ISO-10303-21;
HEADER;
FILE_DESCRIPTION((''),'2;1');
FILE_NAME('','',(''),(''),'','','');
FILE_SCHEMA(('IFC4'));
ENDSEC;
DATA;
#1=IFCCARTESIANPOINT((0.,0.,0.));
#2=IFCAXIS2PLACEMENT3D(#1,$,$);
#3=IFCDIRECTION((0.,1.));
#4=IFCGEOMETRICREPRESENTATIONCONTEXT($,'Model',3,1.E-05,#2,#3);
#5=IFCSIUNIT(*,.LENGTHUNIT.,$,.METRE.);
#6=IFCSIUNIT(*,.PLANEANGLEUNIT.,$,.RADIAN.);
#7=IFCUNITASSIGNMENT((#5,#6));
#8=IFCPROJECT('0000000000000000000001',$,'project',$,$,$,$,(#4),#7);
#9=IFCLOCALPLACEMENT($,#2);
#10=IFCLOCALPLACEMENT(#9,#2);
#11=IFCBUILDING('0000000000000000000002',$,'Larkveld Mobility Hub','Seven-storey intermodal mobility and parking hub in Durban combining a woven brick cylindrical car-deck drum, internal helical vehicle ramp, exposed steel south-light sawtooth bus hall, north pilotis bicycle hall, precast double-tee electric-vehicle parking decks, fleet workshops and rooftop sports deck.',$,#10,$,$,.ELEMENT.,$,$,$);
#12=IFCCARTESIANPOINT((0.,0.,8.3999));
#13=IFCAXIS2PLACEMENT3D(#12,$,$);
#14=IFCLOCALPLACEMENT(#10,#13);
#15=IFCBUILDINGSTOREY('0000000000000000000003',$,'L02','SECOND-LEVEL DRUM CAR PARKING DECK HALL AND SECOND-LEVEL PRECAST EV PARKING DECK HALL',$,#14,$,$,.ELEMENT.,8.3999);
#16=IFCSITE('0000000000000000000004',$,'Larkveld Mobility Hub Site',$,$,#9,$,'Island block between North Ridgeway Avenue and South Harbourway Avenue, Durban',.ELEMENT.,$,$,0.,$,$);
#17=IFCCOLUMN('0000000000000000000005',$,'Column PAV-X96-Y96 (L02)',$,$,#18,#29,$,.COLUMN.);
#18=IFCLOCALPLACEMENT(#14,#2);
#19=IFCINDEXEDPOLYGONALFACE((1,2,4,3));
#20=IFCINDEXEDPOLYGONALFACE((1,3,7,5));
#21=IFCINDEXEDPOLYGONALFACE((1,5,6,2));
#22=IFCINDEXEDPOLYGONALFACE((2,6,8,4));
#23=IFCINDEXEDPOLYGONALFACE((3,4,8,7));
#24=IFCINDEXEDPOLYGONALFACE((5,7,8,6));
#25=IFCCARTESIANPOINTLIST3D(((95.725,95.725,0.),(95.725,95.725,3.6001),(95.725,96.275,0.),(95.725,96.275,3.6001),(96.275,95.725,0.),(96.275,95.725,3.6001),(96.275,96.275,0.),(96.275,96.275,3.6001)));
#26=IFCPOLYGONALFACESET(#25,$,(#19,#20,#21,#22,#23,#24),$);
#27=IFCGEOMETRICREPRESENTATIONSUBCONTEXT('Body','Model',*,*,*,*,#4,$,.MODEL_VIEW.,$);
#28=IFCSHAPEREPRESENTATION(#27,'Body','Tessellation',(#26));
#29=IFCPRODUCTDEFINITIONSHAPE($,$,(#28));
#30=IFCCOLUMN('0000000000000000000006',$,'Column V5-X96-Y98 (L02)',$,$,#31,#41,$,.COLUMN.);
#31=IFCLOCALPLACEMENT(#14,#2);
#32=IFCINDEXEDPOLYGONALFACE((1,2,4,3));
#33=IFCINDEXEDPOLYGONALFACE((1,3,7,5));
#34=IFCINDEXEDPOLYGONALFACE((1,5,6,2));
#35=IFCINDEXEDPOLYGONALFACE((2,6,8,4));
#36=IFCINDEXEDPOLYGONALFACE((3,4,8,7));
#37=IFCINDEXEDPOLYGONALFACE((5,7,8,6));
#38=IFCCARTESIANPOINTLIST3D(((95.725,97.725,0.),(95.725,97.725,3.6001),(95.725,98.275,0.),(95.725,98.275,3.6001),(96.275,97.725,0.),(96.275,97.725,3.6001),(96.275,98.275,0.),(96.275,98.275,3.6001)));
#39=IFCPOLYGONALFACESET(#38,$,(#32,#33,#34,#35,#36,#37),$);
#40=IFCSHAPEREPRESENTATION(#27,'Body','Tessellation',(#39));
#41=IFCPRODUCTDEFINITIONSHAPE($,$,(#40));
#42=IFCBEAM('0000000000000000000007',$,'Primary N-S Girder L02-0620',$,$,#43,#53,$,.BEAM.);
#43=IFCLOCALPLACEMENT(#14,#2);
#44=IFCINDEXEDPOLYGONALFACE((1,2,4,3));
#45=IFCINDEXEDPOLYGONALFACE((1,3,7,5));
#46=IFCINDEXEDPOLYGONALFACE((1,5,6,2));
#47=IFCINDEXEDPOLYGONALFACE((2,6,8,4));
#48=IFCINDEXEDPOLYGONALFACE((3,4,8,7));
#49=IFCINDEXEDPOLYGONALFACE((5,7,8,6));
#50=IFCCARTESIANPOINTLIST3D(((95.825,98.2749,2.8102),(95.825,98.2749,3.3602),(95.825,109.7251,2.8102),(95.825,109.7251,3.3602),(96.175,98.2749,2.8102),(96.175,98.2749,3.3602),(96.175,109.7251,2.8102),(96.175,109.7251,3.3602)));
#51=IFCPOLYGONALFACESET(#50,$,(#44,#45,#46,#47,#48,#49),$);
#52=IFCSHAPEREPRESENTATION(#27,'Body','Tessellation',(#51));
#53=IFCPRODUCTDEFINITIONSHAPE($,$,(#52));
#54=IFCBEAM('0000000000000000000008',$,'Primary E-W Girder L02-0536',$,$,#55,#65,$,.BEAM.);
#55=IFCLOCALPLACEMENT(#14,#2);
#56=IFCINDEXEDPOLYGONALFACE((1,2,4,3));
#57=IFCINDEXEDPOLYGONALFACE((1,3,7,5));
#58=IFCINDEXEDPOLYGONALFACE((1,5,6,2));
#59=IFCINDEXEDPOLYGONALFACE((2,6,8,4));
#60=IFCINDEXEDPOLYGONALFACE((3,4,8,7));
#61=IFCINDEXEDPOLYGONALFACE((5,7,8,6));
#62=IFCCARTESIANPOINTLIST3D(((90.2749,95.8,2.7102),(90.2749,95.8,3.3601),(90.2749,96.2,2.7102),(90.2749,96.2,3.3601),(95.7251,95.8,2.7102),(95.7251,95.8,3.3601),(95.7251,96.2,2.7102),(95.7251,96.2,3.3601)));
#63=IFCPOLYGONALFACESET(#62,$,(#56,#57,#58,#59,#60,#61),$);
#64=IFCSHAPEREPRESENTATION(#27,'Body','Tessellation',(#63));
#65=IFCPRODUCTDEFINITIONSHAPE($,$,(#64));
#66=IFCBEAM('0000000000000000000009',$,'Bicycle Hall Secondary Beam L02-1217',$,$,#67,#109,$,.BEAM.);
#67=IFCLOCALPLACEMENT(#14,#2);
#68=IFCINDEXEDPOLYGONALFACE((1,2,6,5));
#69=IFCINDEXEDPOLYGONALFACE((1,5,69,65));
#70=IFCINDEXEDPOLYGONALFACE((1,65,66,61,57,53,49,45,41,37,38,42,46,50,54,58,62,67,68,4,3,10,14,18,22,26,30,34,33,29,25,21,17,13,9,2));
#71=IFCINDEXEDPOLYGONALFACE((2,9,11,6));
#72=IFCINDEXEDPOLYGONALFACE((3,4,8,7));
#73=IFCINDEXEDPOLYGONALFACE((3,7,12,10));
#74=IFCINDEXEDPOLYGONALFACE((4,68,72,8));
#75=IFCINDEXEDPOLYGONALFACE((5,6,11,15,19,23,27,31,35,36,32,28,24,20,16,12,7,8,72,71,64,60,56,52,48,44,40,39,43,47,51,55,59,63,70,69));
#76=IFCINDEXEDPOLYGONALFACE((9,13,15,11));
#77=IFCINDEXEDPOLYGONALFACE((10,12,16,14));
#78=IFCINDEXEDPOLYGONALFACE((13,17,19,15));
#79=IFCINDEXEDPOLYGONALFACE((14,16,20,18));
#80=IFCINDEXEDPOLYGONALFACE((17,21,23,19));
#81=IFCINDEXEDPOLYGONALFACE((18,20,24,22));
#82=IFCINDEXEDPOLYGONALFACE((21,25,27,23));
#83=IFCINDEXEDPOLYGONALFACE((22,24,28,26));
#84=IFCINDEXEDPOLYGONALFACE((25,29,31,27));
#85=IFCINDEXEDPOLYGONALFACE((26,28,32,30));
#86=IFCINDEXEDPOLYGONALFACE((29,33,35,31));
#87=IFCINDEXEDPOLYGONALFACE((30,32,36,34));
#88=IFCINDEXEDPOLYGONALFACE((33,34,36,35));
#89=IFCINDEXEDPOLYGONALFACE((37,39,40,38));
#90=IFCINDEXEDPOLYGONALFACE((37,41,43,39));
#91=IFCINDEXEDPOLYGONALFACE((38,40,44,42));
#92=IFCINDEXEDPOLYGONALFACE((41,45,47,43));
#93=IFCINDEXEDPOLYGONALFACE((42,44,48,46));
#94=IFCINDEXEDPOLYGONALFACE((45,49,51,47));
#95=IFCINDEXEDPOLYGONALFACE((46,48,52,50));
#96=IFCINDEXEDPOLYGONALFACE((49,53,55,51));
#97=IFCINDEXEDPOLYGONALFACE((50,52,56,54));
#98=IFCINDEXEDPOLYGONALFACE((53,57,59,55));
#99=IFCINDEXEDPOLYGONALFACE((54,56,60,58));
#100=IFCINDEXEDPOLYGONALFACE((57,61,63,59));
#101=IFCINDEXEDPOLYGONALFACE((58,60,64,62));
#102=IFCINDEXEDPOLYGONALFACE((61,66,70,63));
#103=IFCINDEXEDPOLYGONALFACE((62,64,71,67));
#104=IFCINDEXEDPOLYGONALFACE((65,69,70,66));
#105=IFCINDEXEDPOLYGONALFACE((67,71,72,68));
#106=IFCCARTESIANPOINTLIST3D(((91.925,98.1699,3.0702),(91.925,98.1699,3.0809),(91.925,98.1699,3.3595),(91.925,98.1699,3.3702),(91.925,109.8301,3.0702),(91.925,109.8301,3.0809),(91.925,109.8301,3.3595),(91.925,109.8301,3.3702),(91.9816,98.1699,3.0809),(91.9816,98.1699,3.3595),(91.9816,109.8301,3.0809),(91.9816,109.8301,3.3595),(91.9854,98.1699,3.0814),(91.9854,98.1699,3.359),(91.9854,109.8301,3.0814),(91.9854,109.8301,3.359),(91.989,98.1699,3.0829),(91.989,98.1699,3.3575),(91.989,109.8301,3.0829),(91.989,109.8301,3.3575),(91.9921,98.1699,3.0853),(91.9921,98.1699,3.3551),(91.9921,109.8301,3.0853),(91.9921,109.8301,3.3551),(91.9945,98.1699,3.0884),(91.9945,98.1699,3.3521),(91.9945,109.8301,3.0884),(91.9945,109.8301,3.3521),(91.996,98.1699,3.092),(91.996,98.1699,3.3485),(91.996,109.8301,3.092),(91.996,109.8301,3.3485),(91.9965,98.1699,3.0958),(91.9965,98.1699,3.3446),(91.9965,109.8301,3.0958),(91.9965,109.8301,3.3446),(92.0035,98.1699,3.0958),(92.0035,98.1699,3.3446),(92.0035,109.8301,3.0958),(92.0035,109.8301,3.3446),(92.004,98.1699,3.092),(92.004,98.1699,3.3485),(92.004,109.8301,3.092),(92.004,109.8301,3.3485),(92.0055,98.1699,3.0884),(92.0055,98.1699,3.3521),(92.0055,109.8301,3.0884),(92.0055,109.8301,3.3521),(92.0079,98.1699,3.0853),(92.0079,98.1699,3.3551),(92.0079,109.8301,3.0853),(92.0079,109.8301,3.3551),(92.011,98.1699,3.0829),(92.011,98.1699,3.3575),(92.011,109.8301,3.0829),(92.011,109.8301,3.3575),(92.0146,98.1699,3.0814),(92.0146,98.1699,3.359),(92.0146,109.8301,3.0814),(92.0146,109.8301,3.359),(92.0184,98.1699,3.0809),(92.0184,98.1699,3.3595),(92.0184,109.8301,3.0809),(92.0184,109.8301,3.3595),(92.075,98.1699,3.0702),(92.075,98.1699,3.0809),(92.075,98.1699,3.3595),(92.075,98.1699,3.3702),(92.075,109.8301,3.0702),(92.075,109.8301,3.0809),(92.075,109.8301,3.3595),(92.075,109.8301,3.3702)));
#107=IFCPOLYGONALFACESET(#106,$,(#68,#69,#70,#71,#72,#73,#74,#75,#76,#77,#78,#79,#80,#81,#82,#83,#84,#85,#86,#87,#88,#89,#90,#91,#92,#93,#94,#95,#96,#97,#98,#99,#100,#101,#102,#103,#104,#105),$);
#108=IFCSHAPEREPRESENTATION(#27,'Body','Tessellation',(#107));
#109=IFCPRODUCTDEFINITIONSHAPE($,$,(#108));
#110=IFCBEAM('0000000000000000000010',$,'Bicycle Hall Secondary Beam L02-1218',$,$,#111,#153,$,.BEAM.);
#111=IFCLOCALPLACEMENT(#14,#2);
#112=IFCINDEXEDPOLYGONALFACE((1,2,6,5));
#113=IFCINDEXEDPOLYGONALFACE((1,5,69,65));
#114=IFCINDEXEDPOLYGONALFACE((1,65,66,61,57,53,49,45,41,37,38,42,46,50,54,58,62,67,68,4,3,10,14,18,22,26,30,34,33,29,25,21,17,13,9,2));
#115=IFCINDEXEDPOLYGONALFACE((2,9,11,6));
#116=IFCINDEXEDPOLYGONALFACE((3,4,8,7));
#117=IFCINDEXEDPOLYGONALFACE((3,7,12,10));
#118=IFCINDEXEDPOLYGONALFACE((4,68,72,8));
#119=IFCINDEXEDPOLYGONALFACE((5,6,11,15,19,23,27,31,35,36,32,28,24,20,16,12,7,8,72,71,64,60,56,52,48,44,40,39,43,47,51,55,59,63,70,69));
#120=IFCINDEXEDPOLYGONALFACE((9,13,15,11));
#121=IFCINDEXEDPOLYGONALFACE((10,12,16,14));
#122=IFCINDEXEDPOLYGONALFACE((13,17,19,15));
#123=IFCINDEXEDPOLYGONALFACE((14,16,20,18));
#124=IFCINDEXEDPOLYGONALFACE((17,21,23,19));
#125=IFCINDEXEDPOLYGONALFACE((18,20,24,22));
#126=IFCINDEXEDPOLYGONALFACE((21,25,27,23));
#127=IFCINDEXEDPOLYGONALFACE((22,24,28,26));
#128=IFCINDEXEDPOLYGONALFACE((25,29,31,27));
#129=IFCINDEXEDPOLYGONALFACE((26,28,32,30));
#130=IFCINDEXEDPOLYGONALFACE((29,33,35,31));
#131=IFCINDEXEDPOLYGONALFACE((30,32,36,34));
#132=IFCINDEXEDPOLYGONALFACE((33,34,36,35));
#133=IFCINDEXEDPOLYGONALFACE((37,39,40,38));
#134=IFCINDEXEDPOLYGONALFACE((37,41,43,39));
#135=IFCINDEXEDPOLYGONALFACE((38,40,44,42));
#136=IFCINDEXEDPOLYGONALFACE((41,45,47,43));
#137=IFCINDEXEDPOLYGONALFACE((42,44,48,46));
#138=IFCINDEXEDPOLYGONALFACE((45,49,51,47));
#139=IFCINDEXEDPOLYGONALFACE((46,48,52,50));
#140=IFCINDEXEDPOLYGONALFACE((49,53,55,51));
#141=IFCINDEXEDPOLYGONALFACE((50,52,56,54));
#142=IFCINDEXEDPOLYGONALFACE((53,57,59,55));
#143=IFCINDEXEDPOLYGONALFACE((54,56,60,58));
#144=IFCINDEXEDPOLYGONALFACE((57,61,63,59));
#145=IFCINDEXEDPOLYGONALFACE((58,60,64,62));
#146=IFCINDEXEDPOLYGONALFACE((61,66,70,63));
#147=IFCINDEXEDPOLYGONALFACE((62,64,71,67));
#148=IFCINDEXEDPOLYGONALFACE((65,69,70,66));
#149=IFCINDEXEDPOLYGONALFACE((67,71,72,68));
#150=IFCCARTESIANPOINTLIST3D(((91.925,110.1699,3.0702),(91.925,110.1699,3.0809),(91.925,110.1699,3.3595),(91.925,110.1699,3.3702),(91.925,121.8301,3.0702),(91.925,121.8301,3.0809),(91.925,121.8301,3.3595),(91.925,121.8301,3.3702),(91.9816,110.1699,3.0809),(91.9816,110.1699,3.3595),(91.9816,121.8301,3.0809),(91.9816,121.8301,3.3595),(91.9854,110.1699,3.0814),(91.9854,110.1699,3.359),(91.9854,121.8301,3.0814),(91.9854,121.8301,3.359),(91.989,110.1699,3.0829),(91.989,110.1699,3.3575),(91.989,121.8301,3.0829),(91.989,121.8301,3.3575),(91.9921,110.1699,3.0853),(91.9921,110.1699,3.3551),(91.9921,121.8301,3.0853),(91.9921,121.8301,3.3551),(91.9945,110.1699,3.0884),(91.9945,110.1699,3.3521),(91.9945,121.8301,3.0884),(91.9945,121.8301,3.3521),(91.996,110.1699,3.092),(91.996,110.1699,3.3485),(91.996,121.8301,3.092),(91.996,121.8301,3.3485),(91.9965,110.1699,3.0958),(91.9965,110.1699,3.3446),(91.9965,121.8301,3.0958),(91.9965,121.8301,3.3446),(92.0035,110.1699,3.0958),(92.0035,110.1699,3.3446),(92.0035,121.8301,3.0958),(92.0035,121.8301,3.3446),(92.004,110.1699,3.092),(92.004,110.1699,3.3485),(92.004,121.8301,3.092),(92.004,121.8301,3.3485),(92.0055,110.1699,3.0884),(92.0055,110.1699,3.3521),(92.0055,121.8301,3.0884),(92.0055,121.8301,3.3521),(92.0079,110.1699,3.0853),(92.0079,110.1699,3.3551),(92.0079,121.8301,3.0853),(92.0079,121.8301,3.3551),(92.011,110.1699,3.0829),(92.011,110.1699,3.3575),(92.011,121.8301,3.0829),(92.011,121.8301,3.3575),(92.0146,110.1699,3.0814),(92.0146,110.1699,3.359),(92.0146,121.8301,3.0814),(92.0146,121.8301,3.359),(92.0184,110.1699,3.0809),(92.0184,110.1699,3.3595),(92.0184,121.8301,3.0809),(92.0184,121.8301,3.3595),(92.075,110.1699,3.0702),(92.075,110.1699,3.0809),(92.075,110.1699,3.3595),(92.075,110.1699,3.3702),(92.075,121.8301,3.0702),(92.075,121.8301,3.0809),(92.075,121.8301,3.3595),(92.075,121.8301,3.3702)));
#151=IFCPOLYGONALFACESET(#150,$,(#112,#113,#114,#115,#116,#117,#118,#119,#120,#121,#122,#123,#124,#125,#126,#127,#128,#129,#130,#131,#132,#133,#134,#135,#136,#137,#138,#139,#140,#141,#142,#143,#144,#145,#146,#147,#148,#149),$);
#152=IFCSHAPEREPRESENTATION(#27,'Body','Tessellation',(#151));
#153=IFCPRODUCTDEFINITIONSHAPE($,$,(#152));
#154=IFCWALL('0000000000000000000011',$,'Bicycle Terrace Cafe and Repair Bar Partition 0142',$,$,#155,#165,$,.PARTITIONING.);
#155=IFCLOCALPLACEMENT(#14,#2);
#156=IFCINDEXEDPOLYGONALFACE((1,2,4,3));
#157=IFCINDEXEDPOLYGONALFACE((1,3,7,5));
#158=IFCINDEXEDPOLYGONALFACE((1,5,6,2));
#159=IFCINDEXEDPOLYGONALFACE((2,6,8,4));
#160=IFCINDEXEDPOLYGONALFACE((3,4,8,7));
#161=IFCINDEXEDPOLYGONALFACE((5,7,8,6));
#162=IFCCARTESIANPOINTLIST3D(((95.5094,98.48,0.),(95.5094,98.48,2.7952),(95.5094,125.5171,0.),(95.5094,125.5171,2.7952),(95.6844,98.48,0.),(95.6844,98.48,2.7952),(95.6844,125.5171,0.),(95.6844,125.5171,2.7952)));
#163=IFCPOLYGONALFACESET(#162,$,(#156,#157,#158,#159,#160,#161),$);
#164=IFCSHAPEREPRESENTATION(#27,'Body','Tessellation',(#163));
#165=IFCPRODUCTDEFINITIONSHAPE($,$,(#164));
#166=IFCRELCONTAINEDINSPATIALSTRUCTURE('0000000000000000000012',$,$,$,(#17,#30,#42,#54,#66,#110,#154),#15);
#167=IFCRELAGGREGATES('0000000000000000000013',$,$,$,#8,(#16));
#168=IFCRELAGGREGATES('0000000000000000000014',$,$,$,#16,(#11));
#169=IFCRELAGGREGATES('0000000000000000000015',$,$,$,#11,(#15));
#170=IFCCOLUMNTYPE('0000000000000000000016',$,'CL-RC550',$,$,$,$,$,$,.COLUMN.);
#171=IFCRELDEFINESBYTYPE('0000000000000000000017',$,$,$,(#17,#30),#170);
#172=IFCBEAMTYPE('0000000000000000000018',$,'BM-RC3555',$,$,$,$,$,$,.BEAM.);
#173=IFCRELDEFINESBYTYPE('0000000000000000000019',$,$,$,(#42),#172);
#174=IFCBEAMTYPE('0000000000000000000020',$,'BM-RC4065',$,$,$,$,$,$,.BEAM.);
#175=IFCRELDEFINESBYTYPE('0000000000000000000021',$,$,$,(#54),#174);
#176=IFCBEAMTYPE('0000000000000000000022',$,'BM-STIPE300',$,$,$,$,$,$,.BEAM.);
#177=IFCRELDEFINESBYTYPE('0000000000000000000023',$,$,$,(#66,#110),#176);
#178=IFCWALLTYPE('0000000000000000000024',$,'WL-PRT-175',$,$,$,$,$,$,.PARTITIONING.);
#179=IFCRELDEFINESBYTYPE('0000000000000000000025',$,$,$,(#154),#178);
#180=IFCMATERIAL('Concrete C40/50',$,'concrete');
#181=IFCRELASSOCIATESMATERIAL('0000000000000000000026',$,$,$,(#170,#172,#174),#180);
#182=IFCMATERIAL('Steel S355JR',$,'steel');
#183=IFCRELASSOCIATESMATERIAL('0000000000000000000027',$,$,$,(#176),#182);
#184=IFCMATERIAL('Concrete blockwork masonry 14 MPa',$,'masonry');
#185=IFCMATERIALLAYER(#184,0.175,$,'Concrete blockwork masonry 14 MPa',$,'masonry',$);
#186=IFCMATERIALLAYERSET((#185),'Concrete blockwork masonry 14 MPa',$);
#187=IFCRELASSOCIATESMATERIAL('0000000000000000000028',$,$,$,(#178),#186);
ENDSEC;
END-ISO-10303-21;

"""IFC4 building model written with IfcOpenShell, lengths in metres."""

from ifc_helpers import new_model, si_unit, direction, frame, frame_2d, origin, origin_2d, place, context, subcontext, project, spatial, rectangle, i_section, extrude, material, layer, layer_set, material_profile, profile_set, type_object, element, save


model = new_model("IFC4")

# Units and contexts
model_context = context("Model", 3, precision=1e-05, world=origin(), true_north=direction((0.0, 1.0)))
body_context = subcontext(model_context, "Body", "Model", "MODEL_VIEW")
ifc_project = project(units=[si_unit("LENGTHUNIT", "METRE"), si_unit("PLANEANGLEUNIT", "RADIAN")], contexts=[model_context])

# Site, building, storey
site_placement = place(None, origin())
site = spatial("IfcSite", under=ifc_project, at=site_placement, Name="Larkveld Mobility Hub Site", LongName="Island block between North Ridgeway Avenue and South Harbourway Avenue, Durban", CompositionType="ELEMENT", RefElevation=0.0)
building_placement = place(site_placement, origin())
building = spatial("IfcBuilding", under=site, at=building_placement, Name="Larkveld Mobility Hub", Description="Seven-storey intermodal mobility and parking hub in Durban combining a woven brick cylindrical car-deck drum, internal helical vehicle ramp, exposed steel south-light sawtooth bus hall, north pilotis bicycle hall, precast double-tee electric-vehicle parking decks, fleet workshops and rooftop sports deck.", CompositionType="ELEMENT")
storey_placement = place(building_placement, frame((0.0, 0.0, 8.3999)))
storey = spatial("IfcBuildingStorey", under=building, at=storey_placement, Name="L02", Description="SECOND-LEVEL DRUM CAR PARKING DECK HALL AND SECOND-LEVEL PRECAST EV PARKING DECK HALL", CompositionType="ELEMENT", Elevation=8.3999)

# Columns
ifc_material_1 = material(Name="Concrete C40/50", Category="concrete")
ifc_material_profile_1 = material_profile(ifc_material_1, rectangle(XDim=0.55, YDim=0.55, at=origin_2d()), Name="RC COL 550x550")
ifc_profile_set_1 = profile_set([ifc_material_profile_1], Name="Concrete C40/50")
column_type = type_object("IfcColumnType", Name="CL-RC550", PredefinedType="COLUMN", material=ifc_profile_set_1)
for number, where, z_axis, x_axis, name in (
    (1, (96.0, 96.0, 0.0), (0.0, 0.0, 1.0), (1.0, 0.0, 0.0), "Column PAV-X96-Y96 (L02)"),
    (2, (96.0, 98.0, 0.0), (0.0, 0.0, 1.0), (1.0, 0.0, 0.0), "Column V5-X96-Y98 (L02)"),
):
    element("IfcColumn", number, at=place(storey_placement, frame(where, z_axis=z_axis, x_axis=x_axis)), inside=storey, type_object=column_type, Name=name, PredefinedType="COLUMN", context=body_context, shape_type="SweptSolid", body=[
        extrude(rectangle(XDim=0.55, YDim=0.55, at=origin_2d()), origin(), (0.0, 0.0, 1.0), 3.6001),
    ])

# Beams
ifc_material_profile_2 = material_profile(ifc_material_1, rectangle(XDim=0.3501, YDim=0.55, at=origin_2d()), Name="RC BM 350x550")
ifc_profile_set_2 = profile_set([ifc_material_profile_2], Name="Concrete C40/50")
beam_type_1 = type_object("IfcBeamType", Name="BM-RC3555", PredefinedType="BEAM", material=ifc_profile_set_2)
beam_1_placement = place(storey_placement, frame((96.0, 98.2749, 3.0852), z_axis=(0.0, 1.0, 0.0), x_axis=(-1.0, 0.0, 0.0)))
element("IfcBeam", 3, at=beam_1_placement, inside=storey, type_object=beam_type_1, Name="Primary N-S Girder L02-0620", PredefinedType="BEAM", context=body_context, shape_type="SweptSolid", body=[
    extrude(rectangle(XDim=0.3501, YDim=0.55, at=origin_2d()), origin(), (0.0, 0.0, 1.0), 11.4502),
])
ifc_material_profile_3 = material_profile(ifc_material_1, rectangle(XDim=0.3999, YDim=0.6499, at=origin_2d()), Name="RC BM 400x650")
ifc_profile_set_3 = profile_set([ifc_material_profile_3], Name="Concrete C40/50")
beam_type_2 = type_object("IfcBeamType", Name="BM-RC4065", PredefinedType="BEAM", material=ifc_profile_set_3)
beam_2_placement = place(storey_placement, frame((90.2749, 96.0, 3.0352), z_axis=(1.0, 0.0, 0.0), x_axis=(0.0, 1.0, 0.0)))
element("IfcBeam", 4, at=beam_2_placement, inside=storey, type_object=beam_type_2, Name="Primary E-W Girder L02-0536", PredefinedType="BEAM", context=body_context, shape_type="SweptSolid", body=[
    extrude(rectangle(XDim=0.3999, YDim=0.6499, at=origin_2d()), origin(), (0.0, 0.0, 1.0), 5.4502),
])
ifc_material_2 = material(Name="Steel S355JR", Category="steel")
ifc_material_profile_4 = material_profile(ifc_material_2, i_section(OverallWidth=0.1499, OverallDepth=0.3, WebThickness=0.0071, FlangeThickness=0.0107, FilletRadius=0.0149, at=origin_2d()), Name="IPE 300")
ifc_profile_set_4 = profile_set([ifc_material_profile_4], Name="Steel S355JR")
beam_type_3 = type_object("IfcBeamType", Name="BM-STIPE300", PredefinedType="BEAM", material=ifc_profile_set_4)
for number, where, z_axis, x_axis, name in (
    (5, (92.0, 98.1699, 3.2202), (0.0, 1.0, 0.0), (-1.0, 0.0, 0.0), "Bicycle Hall Secondary Beam L02-1217"),
    (6, (92.0, 110.1699, 3.2202), (0.0, 1.0, 0.0), (-1.0, 0.0, 0.0), "Bicycle Hall Secondary Beam L02-1218"),
):
    element("IfcBeam", number, at=place(storey_placement, frame(where, z_axis=z_axis, x_axis=x_axis)), inside=storey, type_object=beam_type_3, Name=name, PredefinedType="BEAM", context=body_context, shape_type="SweptSolid", body=[
        extrude(i_section(OverallWidth=0.1499, OverallDepth=0.3, WebThickness=0.0071, FlangeThickness=0.0107, FilletRadius=0.0149, at=origin_2d()), origin(), (0.0, 0.0, 1.0), 11.6602),
    ])

# Wall
ifc_material_3 = material(Name="Concrete blockwork masonry 14 MPa", Category="masonry")
ifc_layer = layer(ifc_material_3, 0.175, Name="Concrete blockwork masonry 14 MPa", Category="masonry")
ifc_layer_set = layer_set([ifc_layer], Name="Concrete blockwork masonry 14 MPa")
wall_type = type_object("IfcWallType", Name="WL-PRT-175", PredefinedType="PARTITIONING", material=ifc_layer_set)
wall_placement = place(storey_placement, frame((95.5969, 98.48, 0.0), z_axis=(0.0, 0.0, 1.0), x_axis=(0.0, 1.0, 0.0)))
element("IfcWall", 7, at=wall_placement, inside=storey, type_object=wall_type, Name="Bicycle Terrace Cafe and Repair Bar Partition 0142", PredefinedType="PARTITIONING", context=body_context, shape_type="SweptSolid", body=[
    extrude(rectangle(XDim=27.0371, YDim=0.175, at=frame_2d((13.5186, 0.0))), origin(), (0.0, 0.0, 1.0), 2.7952),
])

save(model, "model.ifc")
